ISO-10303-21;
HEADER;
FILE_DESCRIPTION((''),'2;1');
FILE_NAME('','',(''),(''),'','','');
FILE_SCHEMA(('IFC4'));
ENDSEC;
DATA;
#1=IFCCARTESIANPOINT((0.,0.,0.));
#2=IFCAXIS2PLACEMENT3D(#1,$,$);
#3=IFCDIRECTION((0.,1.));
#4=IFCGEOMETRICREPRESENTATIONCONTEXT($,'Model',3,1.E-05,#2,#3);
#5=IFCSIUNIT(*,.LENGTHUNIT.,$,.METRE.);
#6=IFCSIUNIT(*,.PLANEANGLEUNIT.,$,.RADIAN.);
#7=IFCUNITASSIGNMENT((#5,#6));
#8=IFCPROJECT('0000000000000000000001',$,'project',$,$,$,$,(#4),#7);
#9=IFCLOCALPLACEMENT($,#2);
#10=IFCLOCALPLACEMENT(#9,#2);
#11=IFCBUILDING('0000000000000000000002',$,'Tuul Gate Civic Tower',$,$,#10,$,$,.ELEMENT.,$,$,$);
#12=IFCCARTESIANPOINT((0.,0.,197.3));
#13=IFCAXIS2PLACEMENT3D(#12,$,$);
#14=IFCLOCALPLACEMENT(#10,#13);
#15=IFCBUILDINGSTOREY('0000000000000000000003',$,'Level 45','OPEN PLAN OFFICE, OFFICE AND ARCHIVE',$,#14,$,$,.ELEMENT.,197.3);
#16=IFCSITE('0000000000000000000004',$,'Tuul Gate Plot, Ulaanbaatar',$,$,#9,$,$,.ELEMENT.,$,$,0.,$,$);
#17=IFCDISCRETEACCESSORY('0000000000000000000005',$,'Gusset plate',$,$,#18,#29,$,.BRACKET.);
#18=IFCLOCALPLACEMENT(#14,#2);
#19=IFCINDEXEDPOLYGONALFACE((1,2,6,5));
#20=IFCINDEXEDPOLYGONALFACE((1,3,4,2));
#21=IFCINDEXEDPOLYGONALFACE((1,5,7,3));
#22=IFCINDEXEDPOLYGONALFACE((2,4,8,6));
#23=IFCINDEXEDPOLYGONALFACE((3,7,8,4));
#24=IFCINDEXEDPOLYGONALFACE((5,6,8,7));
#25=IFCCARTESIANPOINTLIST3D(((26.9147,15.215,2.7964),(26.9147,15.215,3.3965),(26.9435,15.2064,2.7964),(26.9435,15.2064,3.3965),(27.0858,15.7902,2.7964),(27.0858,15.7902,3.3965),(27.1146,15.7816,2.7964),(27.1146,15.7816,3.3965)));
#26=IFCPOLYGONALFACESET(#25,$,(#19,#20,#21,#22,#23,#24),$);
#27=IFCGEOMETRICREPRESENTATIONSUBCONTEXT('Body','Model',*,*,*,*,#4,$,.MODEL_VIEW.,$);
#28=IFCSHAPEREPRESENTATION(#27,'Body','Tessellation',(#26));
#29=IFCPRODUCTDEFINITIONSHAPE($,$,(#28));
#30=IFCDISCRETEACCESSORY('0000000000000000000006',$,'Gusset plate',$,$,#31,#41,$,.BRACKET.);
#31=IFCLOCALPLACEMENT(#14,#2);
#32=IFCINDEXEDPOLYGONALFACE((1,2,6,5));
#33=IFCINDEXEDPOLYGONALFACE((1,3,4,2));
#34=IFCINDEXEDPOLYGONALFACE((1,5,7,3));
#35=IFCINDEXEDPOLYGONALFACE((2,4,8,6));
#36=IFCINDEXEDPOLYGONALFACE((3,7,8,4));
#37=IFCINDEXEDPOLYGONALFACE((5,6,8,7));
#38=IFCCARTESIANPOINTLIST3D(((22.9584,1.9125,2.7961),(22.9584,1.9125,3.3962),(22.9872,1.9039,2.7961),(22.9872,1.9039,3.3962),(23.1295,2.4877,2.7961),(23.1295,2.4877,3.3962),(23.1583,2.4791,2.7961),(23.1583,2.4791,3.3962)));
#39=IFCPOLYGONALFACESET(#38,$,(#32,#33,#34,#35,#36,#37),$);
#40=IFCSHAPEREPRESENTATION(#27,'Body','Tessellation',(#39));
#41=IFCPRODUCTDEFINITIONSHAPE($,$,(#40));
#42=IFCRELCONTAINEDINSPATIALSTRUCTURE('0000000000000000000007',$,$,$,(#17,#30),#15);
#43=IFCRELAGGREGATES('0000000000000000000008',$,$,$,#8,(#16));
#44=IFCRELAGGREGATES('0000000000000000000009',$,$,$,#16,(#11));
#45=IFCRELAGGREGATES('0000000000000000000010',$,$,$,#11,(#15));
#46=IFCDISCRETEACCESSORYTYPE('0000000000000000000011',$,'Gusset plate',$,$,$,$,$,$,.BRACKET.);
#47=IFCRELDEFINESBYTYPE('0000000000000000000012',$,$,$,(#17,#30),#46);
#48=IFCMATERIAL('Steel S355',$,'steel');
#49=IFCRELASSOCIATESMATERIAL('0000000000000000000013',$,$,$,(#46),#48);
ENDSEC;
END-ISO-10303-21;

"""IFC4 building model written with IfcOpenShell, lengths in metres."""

from ifc_helpers import new_model, si_unit, direction, frame, origin, origin_2d, place, context, subcontext, project, spatial, rectangle, extrude, material, type_object, element, save


model = new_model("IFC4")

# Units and contexts
model_context = context("Model", 3, precision=1e-05, world=origin(), true_north=direction((0.0, 1.0)))
body_context = subcontext(model_context, "Body", "Model", "MODEL_VIEW")
ifc_project = project(units=[si_unit("LENGTHUNIT", "METRE"), si_unit("PLANEANGLEUNIT", "RADIAN")], contexts=[model_context])

# Site, building, storey
site_placement = place(None, origin())
site = spatial("IfcSite", under=ifc_project, at=site_placement, Name="Tuul Gate Plot, Ulaanbaatar", CompositionType="ELEMENT", RefElevation=0.0)
building_placement = place(site_placement, origin())
building = spatial("IfcBuilding", under=site, at=building_placement, Name="Tuul Gate Civic Tower", CompositionType="ELEMENT")
storey_placement = place(building_placement, frame((0.0, 0.0, 197.3)))
storey = spatial("IfcBuildingStorey", under=building, at=storey_placement, Name="Level 45", Description="OPEN PLAN OFFICE, OFFICE AND ARCHIVE", CompositionType="ELEMENT", Elevation=197.3)

# Discrete accessories
ifc_material_1 = material(Name="Steel S355", Category="steel")
discrete_accessory_type = type_object("IfcDiscreteAccessoryType", Name="Gusset plate", PredefinedType="BRACKET", material=ifc_material_1)
for number, where, z_axis, x_axis, name in (
    (1, (27.0146, 15.4983, 2.7964), (0.0, 0.0, 1.0), (-0.285212, -0.958464, 0.0), "Gusset plate"),
    (2, (23.0583, 2.1958, 2.7961), (0.0, 0.0, 1.0), (0.285212, 0.958464, 0.0), "Gusset plate"),
):
    element("IfcDiscreteAccessory", number, at=place(storey_placement, frame(where, z_axis=z_axis, x_axis=x_axis)), inside=storey, type_object=discrete_accessory_type, Name=name, PredefinedType="BRACKET", context=body_context, shape_type="SweptSolid", body=[
        extrude(rectangle(XDim=0.6001, YDim=0.03, at=origin_2d()), origin(), (0.0, 0.0, 1.0), 0.6001),
    ])

save(model, "model.ifc")
